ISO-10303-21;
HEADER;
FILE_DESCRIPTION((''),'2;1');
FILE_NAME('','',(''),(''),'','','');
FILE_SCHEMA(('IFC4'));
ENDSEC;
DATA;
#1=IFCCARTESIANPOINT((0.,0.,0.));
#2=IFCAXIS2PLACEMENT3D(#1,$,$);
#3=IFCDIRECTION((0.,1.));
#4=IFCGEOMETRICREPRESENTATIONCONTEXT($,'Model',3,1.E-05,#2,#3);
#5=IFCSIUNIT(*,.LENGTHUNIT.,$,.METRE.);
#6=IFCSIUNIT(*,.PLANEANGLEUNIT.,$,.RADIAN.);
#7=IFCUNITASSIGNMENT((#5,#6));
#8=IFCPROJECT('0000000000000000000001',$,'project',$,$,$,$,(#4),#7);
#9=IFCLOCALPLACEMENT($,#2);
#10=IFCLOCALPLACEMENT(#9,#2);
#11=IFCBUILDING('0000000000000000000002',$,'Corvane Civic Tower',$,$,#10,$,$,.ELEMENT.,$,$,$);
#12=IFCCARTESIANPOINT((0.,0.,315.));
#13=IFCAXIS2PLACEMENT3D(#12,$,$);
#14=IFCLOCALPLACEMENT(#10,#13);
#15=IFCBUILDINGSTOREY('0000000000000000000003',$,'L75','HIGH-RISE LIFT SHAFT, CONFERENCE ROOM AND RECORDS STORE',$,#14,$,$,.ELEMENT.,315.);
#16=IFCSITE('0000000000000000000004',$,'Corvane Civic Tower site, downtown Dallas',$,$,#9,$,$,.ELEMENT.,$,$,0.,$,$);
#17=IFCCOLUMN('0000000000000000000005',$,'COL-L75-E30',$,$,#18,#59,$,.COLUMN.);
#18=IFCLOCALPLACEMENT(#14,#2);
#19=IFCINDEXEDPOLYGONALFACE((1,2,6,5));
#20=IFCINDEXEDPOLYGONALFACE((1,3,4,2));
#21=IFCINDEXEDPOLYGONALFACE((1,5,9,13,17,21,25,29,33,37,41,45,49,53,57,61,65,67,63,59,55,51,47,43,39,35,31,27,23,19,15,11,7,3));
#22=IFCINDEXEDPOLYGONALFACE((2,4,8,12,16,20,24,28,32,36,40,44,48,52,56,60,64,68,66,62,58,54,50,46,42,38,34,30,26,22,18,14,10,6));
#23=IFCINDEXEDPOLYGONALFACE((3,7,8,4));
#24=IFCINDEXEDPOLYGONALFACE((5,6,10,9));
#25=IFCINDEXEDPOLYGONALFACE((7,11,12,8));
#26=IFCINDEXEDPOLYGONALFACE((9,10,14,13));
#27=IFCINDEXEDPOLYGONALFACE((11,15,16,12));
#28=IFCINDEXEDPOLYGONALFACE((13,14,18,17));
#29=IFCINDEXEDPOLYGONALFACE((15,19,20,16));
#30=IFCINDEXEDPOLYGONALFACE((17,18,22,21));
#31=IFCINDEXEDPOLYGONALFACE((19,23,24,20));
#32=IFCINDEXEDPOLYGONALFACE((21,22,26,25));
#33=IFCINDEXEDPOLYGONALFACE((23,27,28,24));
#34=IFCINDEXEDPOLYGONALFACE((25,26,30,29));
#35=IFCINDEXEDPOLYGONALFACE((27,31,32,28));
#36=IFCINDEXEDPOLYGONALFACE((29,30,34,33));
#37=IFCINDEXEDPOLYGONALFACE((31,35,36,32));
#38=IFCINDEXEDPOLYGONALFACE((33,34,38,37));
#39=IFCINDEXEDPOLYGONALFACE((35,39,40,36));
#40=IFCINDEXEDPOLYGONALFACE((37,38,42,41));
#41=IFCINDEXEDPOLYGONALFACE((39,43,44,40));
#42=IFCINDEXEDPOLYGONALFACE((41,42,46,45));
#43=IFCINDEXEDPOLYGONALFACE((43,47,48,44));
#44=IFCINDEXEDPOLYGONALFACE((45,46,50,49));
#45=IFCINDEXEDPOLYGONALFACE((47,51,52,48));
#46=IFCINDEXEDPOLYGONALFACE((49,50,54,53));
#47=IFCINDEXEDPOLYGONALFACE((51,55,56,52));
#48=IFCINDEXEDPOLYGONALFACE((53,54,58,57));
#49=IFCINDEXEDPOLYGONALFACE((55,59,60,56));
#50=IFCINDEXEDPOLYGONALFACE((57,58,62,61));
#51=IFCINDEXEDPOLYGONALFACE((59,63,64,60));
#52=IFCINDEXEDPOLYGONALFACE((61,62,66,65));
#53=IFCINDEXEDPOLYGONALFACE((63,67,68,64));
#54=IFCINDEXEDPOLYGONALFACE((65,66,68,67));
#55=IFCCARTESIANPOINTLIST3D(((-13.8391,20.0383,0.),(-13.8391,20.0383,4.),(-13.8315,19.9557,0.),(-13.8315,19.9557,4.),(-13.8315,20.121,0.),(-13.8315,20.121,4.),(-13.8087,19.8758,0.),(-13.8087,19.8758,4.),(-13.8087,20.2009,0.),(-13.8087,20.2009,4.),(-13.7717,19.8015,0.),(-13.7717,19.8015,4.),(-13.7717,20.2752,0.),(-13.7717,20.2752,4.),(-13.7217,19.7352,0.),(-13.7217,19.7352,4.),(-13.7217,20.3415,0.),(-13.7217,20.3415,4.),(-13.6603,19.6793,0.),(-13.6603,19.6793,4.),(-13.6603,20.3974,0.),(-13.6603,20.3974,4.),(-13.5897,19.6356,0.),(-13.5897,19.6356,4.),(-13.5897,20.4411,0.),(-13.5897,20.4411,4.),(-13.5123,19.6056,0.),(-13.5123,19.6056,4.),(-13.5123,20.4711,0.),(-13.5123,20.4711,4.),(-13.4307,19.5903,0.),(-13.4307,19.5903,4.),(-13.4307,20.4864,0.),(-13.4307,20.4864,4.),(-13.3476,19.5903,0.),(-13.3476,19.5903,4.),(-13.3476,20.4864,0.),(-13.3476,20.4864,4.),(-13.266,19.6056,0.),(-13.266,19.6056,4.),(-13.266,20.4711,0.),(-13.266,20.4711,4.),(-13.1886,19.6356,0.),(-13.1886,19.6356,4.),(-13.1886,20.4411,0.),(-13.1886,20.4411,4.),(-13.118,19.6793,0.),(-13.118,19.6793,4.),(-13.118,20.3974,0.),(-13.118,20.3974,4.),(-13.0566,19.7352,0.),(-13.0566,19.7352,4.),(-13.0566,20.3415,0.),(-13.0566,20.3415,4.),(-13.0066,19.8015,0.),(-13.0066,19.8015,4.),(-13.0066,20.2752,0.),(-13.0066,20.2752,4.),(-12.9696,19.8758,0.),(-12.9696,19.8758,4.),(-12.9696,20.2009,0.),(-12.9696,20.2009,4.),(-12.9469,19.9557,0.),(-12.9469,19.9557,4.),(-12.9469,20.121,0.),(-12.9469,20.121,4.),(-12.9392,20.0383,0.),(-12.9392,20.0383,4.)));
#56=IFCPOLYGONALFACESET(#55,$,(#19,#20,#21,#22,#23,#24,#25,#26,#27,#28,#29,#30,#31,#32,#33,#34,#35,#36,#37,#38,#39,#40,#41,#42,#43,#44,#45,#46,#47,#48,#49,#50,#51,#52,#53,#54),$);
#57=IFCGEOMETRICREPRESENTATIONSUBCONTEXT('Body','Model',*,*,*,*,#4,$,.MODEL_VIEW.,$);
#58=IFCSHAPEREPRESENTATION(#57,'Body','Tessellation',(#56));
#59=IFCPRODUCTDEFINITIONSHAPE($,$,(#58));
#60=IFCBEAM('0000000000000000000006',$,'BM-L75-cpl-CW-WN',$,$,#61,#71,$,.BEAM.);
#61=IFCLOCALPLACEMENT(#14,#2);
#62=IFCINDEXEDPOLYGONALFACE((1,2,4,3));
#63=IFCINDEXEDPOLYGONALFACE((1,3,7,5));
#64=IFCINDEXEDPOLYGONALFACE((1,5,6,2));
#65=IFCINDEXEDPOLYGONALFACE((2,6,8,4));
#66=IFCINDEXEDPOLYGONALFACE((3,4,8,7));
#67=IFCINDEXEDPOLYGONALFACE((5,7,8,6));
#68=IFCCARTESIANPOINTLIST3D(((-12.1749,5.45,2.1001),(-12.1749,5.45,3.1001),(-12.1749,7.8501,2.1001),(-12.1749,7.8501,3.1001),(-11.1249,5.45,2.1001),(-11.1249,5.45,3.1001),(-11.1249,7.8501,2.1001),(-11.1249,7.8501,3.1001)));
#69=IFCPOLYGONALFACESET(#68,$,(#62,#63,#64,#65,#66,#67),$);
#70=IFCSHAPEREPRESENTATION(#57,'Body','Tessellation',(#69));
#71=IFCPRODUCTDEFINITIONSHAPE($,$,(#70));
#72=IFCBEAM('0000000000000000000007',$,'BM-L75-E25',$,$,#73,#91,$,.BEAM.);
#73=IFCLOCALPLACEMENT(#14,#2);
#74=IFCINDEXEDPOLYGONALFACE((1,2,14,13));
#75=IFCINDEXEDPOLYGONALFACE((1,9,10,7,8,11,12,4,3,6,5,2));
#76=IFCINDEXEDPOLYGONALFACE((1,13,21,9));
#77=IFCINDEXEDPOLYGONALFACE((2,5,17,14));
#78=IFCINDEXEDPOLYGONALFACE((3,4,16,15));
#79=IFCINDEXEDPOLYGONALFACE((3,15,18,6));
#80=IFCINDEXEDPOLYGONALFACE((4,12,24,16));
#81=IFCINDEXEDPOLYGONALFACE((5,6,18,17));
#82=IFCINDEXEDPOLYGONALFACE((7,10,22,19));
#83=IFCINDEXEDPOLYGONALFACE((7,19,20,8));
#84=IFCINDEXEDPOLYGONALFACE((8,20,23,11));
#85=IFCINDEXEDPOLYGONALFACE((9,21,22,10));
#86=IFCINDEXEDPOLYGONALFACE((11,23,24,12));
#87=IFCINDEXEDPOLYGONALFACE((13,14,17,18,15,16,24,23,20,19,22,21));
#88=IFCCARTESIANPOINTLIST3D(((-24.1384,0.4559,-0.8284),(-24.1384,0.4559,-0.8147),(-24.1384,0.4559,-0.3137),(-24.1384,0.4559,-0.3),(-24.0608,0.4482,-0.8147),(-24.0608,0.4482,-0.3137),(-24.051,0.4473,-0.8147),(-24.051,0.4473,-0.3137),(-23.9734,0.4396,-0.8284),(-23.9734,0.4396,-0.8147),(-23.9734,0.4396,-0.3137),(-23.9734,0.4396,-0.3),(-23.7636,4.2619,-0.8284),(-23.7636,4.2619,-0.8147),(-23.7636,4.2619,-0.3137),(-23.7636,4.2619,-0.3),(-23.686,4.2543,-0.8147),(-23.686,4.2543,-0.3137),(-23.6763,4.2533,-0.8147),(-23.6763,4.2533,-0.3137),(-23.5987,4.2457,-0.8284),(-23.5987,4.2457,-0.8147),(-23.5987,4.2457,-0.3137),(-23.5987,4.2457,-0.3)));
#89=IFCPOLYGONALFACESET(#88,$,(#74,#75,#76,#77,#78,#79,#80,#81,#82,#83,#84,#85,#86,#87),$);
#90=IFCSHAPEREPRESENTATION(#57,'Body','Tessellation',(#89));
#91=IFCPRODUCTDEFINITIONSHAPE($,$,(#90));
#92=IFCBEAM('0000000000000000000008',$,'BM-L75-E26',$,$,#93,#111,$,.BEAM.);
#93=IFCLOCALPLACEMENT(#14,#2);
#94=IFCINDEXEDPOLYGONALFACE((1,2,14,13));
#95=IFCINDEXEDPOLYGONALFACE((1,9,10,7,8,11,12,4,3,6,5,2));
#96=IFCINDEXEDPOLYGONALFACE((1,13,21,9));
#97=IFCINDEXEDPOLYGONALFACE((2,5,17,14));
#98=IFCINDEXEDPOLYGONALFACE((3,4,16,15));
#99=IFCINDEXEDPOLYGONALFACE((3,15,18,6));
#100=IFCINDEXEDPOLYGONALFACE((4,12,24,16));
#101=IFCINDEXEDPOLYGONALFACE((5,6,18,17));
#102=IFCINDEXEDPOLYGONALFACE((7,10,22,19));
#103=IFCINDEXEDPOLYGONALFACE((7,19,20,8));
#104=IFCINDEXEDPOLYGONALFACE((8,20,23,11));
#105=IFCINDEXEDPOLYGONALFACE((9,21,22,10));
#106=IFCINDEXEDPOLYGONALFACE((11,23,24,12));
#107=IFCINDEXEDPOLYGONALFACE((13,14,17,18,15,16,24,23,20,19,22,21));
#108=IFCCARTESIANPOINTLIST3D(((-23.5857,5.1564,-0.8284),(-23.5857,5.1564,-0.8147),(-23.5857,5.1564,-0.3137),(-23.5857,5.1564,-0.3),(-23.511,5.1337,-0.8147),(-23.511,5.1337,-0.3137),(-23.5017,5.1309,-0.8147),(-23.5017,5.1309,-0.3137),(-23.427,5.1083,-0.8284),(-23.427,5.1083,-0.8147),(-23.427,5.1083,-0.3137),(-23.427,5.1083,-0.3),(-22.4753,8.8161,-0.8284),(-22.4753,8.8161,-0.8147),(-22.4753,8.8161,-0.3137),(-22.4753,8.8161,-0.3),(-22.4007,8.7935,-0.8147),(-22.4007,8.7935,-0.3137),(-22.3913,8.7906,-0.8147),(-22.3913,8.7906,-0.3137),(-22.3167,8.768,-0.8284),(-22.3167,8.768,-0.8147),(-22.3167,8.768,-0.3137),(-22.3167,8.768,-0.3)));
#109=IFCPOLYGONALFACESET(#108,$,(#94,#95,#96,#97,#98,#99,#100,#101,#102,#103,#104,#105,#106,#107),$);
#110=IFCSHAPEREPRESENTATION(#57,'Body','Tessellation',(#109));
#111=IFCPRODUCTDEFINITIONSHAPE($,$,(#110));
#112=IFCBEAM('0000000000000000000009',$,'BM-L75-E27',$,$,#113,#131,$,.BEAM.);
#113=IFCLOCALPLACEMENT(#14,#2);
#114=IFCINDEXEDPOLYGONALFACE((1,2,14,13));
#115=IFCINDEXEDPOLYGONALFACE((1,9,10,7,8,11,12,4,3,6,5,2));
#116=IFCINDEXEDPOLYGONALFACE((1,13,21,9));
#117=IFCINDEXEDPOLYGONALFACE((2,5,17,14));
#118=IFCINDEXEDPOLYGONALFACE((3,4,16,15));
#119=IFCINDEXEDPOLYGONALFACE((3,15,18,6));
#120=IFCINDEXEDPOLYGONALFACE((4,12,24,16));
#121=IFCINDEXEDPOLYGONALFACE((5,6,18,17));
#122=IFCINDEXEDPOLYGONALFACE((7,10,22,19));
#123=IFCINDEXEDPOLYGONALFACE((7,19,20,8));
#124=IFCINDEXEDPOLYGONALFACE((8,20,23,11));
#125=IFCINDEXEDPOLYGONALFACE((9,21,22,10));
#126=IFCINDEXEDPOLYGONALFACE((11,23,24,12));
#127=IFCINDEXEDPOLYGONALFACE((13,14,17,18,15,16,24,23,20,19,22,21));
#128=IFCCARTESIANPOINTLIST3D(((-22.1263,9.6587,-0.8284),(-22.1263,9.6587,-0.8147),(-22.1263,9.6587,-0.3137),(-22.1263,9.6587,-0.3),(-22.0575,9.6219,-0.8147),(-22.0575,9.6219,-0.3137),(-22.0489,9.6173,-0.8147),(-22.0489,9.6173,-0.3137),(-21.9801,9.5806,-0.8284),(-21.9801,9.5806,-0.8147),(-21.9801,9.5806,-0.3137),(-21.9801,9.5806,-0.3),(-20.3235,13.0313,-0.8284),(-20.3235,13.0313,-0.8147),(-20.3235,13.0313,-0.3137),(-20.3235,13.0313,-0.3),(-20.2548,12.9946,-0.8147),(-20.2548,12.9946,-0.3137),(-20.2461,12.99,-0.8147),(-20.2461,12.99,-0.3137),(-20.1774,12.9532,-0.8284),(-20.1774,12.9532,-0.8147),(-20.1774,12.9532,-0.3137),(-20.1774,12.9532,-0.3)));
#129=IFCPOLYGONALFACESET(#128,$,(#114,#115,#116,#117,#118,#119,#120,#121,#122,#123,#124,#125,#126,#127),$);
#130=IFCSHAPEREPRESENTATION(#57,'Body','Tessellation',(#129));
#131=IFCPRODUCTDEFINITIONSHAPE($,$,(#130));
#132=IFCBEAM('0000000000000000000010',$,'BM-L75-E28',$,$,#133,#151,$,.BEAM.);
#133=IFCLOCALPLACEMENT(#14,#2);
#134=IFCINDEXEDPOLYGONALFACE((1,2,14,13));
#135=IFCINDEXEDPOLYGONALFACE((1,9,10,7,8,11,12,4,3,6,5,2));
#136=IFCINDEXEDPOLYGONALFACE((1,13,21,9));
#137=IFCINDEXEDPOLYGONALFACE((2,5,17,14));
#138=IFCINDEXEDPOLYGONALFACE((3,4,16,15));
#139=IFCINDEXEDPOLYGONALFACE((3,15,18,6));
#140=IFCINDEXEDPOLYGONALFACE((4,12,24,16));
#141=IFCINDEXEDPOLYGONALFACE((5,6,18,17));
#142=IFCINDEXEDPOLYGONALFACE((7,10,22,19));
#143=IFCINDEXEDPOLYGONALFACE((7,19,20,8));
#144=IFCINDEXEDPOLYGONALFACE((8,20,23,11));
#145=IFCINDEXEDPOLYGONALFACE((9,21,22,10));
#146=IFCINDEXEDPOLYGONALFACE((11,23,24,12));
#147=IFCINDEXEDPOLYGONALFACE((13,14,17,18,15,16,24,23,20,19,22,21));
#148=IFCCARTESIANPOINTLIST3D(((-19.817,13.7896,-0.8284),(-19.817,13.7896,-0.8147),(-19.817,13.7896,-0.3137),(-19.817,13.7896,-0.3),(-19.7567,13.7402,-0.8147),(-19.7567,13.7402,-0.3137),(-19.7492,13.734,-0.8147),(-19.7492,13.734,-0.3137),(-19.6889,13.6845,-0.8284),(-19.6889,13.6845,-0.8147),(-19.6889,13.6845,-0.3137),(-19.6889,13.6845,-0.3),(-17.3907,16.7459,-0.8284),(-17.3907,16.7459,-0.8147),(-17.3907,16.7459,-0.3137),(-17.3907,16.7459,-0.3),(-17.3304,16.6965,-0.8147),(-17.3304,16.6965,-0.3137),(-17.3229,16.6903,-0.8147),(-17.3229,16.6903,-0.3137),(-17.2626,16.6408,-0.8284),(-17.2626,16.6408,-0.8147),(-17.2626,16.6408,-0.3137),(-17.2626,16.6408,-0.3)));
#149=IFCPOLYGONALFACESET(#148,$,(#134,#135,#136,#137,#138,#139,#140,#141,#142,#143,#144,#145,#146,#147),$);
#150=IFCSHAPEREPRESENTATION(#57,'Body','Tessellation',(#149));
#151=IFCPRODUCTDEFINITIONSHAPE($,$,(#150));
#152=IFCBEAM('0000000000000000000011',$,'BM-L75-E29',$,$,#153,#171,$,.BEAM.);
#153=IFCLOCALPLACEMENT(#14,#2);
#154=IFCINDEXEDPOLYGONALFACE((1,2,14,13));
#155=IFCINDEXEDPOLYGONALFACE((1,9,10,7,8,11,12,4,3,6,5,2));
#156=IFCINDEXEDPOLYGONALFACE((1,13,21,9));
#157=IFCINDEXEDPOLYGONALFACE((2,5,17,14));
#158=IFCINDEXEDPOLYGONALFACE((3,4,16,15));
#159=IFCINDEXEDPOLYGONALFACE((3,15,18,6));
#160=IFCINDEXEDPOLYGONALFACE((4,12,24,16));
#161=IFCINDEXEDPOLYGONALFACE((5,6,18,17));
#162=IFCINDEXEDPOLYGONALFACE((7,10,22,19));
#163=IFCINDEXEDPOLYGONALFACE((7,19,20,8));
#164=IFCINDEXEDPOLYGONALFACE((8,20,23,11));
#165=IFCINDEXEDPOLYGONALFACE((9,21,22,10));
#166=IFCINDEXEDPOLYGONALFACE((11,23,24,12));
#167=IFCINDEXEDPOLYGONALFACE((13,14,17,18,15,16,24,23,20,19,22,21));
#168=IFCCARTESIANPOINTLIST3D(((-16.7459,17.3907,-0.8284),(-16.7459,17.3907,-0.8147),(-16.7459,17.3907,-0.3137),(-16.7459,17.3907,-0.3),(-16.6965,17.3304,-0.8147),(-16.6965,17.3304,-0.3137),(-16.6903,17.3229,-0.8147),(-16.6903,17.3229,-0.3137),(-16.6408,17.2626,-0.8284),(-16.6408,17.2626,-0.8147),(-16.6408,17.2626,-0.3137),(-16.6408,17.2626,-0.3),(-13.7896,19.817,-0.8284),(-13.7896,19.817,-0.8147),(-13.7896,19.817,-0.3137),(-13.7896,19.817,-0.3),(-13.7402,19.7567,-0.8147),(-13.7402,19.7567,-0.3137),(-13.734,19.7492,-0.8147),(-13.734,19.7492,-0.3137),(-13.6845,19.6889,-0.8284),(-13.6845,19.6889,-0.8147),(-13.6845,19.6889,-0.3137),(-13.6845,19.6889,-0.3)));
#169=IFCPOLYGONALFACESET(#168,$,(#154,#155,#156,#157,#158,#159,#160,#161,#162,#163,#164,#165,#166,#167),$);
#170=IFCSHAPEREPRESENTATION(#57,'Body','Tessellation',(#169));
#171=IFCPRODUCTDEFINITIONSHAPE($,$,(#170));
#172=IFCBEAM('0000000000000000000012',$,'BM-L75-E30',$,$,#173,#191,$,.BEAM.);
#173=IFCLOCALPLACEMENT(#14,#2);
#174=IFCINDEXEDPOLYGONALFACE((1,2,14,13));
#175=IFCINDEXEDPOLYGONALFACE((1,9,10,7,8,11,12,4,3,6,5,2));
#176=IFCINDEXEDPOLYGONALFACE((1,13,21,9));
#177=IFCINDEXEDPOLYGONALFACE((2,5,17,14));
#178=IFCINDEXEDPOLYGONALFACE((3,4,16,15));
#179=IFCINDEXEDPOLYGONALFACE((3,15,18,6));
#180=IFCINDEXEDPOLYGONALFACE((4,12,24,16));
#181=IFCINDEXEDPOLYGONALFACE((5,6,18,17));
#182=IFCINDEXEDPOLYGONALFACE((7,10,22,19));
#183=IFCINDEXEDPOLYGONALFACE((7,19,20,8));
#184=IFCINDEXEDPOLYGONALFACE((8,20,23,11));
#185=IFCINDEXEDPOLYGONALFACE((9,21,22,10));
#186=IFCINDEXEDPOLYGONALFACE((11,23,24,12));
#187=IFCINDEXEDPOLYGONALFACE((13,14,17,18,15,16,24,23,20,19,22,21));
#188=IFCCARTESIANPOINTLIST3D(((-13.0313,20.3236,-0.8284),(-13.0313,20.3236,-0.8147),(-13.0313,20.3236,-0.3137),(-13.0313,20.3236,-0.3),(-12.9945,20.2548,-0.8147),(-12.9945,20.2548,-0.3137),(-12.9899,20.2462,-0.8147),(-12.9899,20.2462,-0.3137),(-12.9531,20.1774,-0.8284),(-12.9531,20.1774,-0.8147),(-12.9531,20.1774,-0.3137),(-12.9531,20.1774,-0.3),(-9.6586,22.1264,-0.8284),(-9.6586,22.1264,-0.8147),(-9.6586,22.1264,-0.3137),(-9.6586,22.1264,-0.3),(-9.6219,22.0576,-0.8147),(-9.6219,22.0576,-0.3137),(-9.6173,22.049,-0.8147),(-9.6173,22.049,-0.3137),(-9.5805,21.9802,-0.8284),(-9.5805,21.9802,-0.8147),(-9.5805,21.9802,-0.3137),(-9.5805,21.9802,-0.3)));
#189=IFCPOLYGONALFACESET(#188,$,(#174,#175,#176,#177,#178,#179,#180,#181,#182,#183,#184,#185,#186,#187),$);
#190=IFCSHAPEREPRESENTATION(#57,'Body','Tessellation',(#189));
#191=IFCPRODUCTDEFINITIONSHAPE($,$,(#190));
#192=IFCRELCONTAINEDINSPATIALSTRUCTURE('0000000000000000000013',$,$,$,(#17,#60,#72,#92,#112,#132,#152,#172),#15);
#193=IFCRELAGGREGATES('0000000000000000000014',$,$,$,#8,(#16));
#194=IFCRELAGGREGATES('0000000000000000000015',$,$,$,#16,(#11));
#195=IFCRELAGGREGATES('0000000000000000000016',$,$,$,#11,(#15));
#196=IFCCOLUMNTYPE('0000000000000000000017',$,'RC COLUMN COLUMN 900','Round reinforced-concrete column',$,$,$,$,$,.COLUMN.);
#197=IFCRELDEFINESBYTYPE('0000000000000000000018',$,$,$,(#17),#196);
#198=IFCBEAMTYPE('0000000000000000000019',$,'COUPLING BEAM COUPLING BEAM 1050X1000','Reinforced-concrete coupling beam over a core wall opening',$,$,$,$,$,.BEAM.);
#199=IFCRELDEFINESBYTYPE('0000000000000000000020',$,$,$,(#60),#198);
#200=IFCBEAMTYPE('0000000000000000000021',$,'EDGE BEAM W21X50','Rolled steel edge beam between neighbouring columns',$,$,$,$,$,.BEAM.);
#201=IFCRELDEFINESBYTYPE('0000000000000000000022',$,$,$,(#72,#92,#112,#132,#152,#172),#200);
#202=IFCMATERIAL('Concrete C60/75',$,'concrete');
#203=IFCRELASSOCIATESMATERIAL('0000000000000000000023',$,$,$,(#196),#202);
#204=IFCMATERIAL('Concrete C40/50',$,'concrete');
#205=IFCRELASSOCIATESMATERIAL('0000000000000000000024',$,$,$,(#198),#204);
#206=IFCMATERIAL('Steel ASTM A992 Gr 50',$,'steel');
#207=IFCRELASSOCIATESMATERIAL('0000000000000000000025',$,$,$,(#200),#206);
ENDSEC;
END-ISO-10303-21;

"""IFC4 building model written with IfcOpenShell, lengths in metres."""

from ifc_helpers import new_model, si_unit, direction, frame, origin, origin_2d, place, context, subcontext, project, spatial, rectangle, circle, i_section, extrude, material, material_profile, profile_set, type_object, element, save


model = new_model("IFC4")

# Units and contexts
model_context = context("Model", 3, precision=1e-05, world=origin(), true_north=direction((0.0, 1.0)))
body_context = subcontext(model_context, "Body", "Model", "MODEL_VIEW")
ifc_project = project(units=[si_unit("LENGTHUNIT", "METRE"), si_unit("PLANEANGLEUNIT", "RADIAN")], contexts=[model_context])

# Site, building, storey
site_placement = place(None, origin())
site = spatial("IfcSite", under=ifc_project, at=site_placement, Name="Corvane Civic Tower site, downtown Dallas", CompositionType="ELEMENT", RefElevation=0.0)
building_placement = place(site_placement, origin())
building = spatial("IfcBuilding", under=site, at=building_placement, Name="Corvane Civic Tower", CompositionType="ELEMENT")
storey_placement = place(building_placement, frame((0.0, 0.0, 315.0)))
storey = spatial("IfcBuildingStorey", under=building, at=storey_placement, Name="L75", Description="HIGH-RISE LIFT SHAFT, CONFERENCE ROOM AND RECORDS STORE", CompositionType="ELEMENT", Elevation=315.0)

# Column
ifc_material_1 = material(Name="Concrete C60/75", Category="concrete")
ifc_material_profile_1 = material_profile(ifc_material_1, circle(Radius=0.45, at=origin_2d()), Name="COLUMN 900")
ifc_profile_set_1 = profile_set([ifc_material_profile_1], Name="Concrete C60/75")
column_type = type_object("IfcColumnType", Name="RC COLUMN COLUMN 900", Description="Round reinforced-concrete column", PredefinedType="COLUMN", material=ifc_profile_set_1)
for number, where, z_axis, x_axis, name in (
    (1, (-13.3892, 20.0383, 0.0), (0.0, 0.0, 1.0), (1.0, 0.0, 0.0), "COL-L75-E30"),
):
    element("IfcColumn", number, at=place(storey_placement, frame(where, z_axis=z_axis, x_axis=x_axis)), inside=storey, type_object=column_type, Name=name, PredefinedType="COLUMN", context=body_context, shape_type="SweptSolid", body=[
        extrude(circle(Radius=0.45, at=origin_2d()), origin(), (0.0, 0.0, 1.0), 4.0),
    ])

# Beams
ifc_material_2 = material(Name="Concrete C40/50", Category="concrete")
ifc_material_profile_2 = material_profile(ifc_material_2, rectangle(XDim=1.05, YDim=1.0, at=origin_2d()), Name="COUPLING BEAM 1050X1000")
ifc_profile_set_2 = profile_set([ifc_material_profile_2], Name="Concrete C40/50")
beam_type_1 = type_object("IfcBeamType", Name="COUPLING BEAM COUPLING BEAM 1050X1000", Description="Reinforced-concrete coupling beam over a core wall opening", PredefinedType="BEAM", material=ifc_profile_set_2)
beam_1_placement = place(storey_placement, frame((-11.6499, 5.45, 2.6001), z_axis=(0.0, 1.0, 0.0), x_axis=(-1.0, 0.0, 0.0)))
element("IfcBeam", 2, at=beam_1_placement, inside=storey, type_object=beam_type_1, Name="BM-L75-cpl-CW-WN", PredefinedType="BEAM", context=body_context, shape_type="SweptSolid", body=[
    extrude(rectangle(XDim=1.05, YDim=1.0, at=origin_2d()), origin(), (0.0, 0.0, 1.0), 2.4001),
])
ifc_material_3 = material(Name="Steel ASTM A992 Gr 50", Category="steel")
ifc_material_profile_3 = material_profile(ifc_material_3, i_section(OverallWidth=0.1658, OverallDepth=0.5283, WebThickness=0.0098, FlangeThickness=0.0137, at=origin_2d()), Name="W21X50")
ifc_profile_set_3 = profile_set([ifc_material_profile_3], Name="Steel ASTM A992 Gr 50")
beam_type_2 = type_object("IfcBeamType", Name="EDGE BEAM W21X50", Description="Rolled steel edge beam between neighbouring columns", PredefinedType="BEAM", material=ifc_profile_set_3)
for number, where, z_axis, x_axis, name in (
    (3, (-24.0559, 0.4478, -0.5642), (0.097987, 0.995188, 0.0), (-0.995188, 0.097987, 0.0), "BM-L75-E25"),
    (4, (-23.5063, 5.1323, -0.5642), (0.290333, 0.956926, 0.0), (-0.956926, 0.290333, 0.0), "BM-L75-E26"),
):
    element("IfcBeam", number, at=place(storey_placement, frame(where, z_axis=z_axis, x_axis=x_axis)), inside=storey, type_object=beam_type_2, Name=name, PredefinedType="BEAM", context=body_context, shape_type="SweptSolid", body=[
        extrude(i_section(OverallWidth=0.1658, OverallDepth=0.5283, WebThickness=0.0098, FlangeThickness=0.0137, at=origin_2d()), origin(), (0.0, 0.0, 1.0), 3.8245),
    ])
beam_2_placement = place(storey_placement, frame((-22.0532, 9.6196, -0.5642), z_axis=(0.47141, 0.881914, 0.0), x_axis=(-0.881914, 0.47141, 0.0)))
element("IfcBeam", 5, at=beam_2_placement, inside=storey, type_object=beam_type_2, Name="BM-L75-E27", PredefinedType="BEAM", context=body_context, shape_type="SweptSolid", body=[
    extrude(i_section(OverallWidth=0.1658, OverallDepth=0.5283, WebThickness=0.0098, FlangeThickness=0.0137, at=origin_2d()), origin(), (0.0, 0.0, 1.0), 3.8242),
])
for number, where, z_axis, x_axis, name in (
    (6, (-19.7529, 13.7371, -0.5642), (0.634409, 0.772998, 0.0), (-0.772998, 0.634409, 0.0), "BM-L75-E28"),
    (7, (-16.6934, 17.3267, -0.5642), (0.772998, 0.634409, 0.0), (-0.634409, 0.772998, 0.0), "BM-L75-E29"),
):
    element("IfcBeam", number, at=place(storey_placement, frame(where, z_axis=z_axis, x_axis=x_axis)), inside=storey, type_object=beam_type_2, Name=name, PredefinedType="BEAM", context=body_context, shape_type="SweptSolid", body=[
        extrude(i_section(OverallWidth=0.1658, OverallDepth=0.5283, WebThickness=0.0098, FlangeThickness=0.0137, at=origin_2d()), origin(), (0.0, 0.0, 1.0), 3.8245),
    ])
beam_3_placement = place(storey_placement, frame((-12.9922, 20.2505, -0.5642), z_axis=(0.881914, 0.47141, 0.0), x_axis=(-0.47141, 0.881914, 0.0)))
element("IfcBeam", 8, at=beam_3_placement, inside=storey, type_object=beam_type_2, Name="BM-L75-E30", PredefinedType="BEAM", context=body_context, shape_type="SweptSolid", body=[
    extrude(i_section(OverallWidth=0.1658, OverallDepth=0.5283, WebThickness=0.0098, FlangeThickness=0.0137, at=origin_2d()), origin(), (0.0, 0.0, 1.0), 3.8242),
])

save(model, "model.ifc")
